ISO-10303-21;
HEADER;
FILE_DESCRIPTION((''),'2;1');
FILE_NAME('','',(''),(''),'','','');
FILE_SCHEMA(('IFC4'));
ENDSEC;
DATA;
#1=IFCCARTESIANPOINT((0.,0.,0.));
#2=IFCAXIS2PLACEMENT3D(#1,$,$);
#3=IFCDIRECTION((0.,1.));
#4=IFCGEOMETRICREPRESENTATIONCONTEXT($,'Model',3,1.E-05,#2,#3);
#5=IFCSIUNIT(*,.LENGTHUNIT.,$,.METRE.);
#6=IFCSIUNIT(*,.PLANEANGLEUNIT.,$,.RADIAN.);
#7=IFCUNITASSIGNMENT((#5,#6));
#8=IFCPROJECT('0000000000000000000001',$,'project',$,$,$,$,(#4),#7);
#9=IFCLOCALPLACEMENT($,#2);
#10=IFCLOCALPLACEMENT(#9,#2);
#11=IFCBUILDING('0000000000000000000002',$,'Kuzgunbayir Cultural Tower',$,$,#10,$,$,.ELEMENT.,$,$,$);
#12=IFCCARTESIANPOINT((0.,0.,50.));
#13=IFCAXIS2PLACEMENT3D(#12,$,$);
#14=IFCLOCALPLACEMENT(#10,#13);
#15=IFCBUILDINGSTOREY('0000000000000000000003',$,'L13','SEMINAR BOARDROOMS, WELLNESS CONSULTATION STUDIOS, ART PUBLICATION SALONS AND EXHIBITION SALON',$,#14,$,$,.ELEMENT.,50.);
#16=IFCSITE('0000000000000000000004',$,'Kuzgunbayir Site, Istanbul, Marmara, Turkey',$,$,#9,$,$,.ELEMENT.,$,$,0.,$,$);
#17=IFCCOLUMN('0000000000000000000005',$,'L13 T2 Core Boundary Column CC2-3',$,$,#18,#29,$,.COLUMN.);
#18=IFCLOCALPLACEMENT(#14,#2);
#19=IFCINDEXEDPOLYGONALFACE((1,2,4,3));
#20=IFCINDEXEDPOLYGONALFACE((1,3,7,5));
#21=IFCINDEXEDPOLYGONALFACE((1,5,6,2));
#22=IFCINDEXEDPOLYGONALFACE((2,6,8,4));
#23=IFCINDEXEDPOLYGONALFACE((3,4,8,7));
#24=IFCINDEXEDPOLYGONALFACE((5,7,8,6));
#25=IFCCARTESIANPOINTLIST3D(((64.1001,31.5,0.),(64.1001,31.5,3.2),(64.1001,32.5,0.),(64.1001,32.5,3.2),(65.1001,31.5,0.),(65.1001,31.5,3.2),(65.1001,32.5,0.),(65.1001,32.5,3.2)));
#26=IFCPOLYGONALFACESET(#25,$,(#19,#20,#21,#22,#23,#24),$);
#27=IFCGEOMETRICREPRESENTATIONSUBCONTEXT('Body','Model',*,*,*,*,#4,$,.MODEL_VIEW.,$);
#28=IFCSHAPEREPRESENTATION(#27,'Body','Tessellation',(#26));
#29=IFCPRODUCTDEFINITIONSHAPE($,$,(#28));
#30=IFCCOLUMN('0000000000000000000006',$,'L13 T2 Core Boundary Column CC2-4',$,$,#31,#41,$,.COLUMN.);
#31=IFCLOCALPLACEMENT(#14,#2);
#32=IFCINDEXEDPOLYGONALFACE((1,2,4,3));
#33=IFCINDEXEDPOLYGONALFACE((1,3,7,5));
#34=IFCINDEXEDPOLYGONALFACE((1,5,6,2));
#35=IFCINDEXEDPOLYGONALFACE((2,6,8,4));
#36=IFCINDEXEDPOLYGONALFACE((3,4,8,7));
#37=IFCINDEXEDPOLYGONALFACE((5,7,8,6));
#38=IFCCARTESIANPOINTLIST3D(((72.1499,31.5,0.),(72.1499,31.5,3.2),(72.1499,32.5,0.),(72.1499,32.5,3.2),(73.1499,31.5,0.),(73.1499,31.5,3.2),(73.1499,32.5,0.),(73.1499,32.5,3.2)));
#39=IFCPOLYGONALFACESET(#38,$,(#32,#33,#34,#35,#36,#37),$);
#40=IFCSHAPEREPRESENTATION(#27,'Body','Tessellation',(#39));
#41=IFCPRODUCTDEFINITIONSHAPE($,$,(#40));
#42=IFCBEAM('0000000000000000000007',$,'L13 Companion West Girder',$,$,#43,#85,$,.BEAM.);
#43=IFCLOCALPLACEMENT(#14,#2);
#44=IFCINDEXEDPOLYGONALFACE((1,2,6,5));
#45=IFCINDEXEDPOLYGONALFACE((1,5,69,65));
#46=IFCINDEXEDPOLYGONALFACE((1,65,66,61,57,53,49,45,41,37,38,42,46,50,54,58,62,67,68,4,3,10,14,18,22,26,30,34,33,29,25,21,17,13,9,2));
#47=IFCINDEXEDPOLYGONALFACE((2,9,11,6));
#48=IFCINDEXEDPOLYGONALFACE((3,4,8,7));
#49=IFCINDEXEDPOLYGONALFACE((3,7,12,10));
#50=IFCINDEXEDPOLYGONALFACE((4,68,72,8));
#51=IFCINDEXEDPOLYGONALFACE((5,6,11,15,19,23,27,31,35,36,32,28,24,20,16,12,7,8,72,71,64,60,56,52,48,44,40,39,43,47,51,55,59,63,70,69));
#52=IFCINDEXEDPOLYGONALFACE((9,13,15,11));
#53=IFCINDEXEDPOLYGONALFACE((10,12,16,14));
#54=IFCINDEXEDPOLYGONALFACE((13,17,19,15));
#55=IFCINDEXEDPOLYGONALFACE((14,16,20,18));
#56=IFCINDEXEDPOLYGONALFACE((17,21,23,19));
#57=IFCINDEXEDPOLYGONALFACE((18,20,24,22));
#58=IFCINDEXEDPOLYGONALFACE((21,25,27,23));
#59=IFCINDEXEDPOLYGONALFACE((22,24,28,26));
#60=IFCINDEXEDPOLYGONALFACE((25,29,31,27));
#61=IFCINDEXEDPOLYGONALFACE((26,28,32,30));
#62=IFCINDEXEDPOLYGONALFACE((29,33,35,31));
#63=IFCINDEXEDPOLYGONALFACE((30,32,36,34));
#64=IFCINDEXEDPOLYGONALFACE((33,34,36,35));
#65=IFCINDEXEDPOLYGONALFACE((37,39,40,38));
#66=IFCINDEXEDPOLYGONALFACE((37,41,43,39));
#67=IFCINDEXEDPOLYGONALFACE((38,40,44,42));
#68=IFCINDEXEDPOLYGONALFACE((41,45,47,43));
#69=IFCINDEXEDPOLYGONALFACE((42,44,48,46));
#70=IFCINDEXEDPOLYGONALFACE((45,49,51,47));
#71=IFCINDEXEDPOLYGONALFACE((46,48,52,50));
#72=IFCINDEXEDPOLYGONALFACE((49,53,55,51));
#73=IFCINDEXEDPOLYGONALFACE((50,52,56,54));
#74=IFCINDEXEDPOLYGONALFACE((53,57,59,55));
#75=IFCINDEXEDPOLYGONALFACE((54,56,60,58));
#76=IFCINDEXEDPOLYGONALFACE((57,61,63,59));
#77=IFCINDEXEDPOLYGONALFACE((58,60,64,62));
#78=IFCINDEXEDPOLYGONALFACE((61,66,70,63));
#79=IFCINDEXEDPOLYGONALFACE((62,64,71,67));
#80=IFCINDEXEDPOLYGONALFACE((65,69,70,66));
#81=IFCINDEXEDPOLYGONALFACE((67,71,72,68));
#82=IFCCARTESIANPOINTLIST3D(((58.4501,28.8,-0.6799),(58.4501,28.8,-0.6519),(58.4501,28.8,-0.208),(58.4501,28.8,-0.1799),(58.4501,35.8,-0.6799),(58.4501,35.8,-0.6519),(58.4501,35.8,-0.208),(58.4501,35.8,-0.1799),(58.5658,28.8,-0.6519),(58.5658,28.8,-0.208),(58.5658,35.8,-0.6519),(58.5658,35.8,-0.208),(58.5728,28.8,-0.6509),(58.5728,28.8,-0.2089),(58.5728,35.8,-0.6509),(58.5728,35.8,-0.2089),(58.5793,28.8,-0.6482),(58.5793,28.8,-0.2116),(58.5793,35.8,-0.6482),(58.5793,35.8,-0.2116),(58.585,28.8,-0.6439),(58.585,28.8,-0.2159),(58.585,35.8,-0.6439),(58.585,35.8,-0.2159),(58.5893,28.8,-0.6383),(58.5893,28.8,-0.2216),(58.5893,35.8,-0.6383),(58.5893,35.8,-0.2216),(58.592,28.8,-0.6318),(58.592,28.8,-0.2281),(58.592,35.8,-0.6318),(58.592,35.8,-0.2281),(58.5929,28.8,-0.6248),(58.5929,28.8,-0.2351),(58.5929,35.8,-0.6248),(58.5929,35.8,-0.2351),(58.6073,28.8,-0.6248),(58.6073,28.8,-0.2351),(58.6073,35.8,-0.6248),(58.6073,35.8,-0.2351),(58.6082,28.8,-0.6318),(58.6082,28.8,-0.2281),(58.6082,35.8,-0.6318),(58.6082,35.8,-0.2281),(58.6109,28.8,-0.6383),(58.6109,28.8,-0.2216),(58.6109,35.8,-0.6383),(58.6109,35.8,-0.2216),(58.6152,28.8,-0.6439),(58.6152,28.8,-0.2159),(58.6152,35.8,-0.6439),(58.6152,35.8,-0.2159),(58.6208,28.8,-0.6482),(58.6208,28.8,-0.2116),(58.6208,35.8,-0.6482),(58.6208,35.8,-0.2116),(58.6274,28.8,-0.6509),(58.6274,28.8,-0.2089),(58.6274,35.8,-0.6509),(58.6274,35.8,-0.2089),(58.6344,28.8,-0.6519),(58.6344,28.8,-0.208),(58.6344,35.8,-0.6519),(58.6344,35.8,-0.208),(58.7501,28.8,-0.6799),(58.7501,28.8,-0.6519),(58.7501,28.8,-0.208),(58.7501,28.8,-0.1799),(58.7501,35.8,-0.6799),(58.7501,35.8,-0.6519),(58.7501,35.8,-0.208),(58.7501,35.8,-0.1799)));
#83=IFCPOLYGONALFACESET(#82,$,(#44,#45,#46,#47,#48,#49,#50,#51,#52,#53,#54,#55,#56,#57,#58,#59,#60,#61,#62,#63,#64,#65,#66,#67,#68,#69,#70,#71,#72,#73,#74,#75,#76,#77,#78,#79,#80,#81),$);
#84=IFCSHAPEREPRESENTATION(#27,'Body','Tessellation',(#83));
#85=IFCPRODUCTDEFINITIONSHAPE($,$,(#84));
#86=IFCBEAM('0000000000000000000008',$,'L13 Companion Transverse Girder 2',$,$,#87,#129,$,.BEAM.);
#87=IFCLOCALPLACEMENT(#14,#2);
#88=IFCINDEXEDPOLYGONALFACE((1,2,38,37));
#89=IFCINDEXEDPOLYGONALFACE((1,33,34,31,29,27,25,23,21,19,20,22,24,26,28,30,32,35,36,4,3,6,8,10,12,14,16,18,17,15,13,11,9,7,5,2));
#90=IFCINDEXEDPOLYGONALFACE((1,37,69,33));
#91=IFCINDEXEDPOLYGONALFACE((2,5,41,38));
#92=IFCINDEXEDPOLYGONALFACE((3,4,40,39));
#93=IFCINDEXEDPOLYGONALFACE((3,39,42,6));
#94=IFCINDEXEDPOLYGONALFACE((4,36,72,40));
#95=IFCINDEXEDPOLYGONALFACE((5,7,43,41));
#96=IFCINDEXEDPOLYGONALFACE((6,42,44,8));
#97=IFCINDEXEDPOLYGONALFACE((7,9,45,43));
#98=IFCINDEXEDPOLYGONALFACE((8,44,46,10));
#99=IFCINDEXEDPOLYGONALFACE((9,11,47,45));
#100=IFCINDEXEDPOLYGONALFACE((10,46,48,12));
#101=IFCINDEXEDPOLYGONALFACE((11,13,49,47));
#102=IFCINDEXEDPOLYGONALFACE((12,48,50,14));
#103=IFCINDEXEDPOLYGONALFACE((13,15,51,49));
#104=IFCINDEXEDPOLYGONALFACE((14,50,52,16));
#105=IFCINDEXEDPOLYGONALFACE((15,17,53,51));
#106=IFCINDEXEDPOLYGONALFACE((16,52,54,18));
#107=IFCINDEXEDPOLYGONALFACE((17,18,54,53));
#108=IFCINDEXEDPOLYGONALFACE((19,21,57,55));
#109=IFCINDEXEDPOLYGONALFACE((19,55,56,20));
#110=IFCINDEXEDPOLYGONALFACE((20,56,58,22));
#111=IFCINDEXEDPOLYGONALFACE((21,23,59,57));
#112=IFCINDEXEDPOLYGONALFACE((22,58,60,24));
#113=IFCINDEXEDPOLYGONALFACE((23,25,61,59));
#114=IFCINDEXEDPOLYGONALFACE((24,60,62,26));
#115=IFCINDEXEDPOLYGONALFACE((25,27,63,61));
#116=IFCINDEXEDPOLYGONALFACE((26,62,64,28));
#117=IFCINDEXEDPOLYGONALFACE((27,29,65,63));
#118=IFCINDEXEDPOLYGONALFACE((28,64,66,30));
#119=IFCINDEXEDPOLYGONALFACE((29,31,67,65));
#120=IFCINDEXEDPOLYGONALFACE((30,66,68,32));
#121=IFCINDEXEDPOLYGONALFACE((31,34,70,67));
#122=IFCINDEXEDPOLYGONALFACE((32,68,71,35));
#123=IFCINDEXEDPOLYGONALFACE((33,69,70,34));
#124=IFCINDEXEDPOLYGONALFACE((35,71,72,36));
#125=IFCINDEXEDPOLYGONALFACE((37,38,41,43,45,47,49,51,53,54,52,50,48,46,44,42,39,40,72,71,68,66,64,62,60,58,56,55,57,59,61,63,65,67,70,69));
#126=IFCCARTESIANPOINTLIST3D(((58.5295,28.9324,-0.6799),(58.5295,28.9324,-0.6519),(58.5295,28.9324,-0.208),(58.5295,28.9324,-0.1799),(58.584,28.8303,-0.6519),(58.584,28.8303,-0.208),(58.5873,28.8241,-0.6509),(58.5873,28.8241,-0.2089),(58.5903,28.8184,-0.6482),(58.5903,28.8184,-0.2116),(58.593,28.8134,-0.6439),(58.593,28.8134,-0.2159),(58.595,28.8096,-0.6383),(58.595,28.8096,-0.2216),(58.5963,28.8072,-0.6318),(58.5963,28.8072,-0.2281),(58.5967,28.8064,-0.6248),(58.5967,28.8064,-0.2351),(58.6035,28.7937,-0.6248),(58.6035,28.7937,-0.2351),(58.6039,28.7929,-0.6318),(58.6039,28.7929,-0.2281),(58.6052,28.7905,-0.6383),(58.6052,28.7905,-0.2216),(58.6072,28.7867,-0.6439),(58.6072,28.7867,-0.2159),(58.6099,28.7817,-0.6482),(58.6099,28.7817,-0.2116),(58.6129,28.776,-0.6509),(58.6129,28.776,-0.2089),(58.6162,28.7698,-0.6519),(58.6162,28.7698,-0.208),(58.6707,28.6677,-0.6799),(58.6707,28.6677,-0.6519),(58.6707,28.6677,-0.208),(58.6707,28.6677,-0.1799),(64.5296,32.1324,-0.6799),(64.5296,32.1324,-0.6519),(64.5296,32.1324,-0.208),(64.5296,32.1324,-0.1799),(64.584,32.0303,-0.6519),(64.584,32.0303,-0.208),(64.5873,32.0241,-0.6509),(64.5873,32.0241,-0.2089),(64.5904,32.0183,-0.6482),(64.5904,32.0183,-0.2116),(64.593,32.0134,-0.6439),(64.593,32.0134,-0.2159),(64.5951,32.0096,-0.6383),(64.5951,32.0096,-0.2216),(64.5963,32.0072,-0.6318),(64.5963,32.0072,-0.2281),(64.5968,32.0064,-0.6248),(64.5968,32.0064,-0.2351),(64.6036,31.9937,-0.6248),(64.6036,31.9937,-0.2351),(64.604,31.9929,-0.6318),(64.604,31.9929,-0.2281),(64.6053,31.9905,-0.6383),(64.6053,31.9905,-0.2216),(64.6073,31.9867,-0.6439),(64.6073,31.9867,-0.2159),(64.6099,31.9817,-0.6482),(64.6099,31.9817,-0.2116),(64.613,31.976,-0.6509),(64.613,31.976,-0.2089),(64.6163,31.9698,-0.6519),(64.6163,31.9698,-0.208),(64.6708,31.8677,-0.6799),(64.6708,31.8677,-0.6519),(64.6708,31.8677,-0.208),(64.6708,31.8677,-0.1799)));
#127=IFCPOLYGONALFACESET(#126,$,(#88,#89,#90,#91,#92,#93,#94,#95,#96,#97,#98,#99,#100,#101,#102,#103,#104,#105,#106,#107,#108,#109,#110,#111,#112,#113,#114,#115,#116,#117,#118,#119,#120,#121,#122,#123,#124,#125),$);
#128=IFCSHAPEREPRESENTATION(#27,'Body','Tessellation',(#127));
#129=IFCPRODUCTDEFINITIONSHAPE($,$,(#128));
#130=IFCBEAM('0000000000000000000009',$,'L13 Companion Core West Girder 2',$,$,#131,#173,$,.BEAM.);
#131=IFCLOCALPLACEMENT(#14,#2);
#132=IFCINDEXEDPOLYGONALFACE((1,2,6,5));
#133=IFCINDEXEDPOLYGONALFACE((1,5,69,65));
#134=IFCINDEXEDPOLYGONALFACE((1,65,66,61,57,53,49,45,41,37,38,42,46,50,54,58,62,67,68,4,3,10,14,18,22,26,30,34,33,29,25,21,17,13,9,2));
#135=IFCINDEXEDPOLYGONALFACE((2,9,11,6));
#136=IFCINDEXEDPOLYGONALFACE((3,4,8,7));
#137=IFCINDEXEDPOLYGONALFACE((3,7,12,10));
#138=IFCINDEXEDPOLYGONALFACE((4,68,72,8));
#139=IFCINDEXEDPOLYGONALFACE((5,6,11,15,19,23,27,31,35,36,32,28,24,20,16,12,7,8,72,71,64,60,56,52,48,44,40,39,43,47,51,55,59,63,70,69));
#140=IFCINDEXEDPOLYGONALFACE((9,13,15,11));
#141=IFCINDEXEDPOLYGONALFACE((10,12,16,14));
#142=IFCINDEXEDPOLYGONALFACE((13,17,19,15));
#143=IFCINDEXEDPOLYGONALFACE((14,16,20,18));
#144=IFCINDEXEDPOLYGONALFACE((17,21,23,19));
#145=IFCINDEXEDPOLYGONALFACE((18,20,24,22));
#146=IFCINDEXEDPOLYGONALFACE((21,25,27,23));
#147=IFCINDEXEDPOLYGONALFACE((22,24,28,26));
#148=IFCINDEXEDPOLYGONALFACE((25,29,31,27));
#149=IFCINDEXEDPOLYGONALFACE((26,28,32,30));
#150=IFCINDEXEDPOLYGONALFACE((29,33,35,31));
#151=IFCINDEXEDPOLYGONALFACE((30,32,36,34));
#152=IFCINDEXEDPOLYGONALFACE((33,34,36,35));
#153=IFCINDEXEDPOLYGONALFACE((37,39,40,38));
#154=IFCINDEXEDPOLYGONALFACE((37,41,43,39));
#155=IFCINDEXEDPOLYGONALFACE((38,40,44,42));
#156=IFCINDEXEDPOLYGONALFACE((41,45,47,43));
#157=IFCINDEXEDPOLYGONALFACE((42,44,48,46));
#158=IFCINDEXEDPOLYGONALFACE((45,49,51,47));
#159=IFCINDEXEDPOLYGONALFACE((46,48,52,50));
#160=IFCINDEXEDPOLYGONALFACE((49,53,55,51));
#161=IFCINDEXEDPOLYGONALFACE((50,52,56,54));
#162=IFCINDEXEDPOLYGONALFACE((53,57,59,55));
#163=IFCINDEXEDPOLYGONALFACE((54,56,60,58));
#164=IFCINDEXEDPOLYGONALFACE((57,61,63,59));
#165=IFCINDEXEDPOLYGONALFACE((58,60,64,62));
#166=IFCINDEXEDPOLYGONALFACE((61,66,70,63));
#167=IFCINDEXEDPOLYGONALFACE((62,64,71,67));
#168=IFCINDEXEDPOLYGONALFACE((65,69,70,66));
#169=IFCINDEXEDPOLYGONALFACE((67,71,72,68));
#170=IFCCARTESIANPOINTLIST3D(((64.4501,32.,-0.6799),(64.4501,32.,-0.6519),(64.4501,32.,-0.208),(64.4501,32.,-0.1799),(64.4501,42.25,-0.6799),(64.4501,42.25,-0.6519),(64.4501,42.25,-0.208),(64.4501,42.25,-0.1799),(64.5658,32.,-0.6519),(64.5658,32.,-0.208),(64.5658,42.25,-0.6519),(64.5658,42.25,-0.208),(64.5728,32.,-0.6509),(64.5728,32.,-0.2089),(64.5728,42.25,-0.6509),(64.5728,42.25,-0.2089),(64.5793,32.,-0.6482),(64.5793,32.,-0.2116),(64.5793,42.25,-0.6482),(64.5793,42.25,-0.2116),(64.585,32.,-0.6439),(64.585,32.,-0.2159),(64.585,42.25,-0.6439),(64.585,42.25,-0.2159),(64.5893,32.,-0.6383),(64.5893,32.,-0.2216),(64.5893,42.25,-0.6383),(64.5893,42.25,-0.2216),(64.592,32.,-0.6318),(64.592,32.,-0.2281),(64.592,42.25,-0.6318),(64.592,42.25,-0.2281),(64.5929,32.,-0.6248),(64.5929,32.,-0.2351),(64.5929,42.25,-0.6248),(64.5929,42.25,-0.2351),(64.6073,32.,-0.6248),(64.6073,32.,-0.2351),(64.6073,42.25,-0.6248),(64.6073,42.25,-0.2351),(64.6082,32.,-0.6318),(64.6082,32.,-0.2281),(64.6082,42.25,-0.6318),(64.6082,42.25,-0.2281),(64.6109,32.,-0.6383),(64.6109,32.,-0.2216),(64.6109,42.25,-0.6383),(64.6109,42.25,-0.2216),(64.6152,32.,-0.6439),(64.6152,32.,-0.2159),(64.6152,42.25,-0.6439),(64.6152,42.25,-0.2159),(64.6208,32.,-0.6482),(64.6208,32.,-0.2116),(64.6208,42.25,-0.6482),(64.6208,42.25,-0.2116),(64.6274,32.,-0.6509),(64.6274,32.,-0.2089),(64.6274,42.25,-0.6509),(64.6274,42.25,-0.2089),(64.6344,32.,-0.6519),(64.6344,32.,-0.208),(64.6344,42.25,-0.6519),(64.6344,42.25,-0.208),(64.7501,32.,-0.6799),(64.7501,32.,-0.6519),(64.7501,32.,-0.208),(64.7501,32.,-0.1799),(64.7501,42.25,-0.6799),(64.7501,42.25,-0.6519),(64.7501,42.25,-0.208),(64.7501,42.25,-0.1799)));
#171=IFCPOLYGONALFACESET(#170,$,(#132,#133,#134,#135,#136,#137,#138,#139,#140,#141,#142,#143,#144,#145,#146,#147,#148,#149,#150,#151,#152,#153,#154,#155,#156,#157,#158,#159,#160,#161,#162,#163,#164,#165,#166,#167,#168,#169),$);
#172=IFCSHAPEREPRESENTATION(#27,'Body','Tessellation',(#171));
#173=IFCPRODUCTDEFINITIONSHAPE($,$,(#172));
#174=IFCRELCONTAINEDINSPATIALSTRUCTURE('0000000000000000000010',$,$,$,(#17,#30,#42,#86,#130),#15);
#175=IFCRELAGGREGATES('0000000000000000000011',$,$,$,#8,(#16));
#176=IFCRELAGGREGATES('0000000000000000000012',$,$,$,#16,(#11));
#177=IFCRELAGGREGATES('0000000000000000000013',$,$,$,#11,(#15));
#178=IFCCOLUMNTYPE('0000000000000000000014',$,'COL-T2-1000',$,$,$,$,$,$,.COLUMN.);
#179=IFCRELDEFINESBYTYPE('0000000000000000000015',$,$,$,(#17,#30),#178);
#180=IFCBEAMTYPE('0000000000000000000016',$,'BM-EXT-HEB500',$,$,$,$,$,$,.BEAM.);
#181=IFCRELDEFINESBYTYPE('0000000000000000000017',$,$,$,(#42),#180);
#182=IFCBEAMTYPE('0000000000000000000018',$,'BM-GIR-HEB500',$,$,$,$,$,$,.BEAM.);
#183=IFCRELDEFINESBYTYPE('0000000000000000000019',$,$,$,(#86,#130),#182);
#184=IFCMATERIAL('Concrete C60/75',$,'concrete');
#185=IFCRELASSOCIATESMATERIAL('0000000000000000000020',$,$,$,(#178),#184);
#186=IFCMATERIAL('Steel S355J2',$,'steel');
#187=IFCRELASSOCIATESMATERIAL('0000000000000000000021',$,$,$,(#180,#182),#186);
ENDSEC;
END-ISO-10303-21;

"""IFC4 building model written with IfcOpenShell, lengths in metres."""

from ifc_helpers import new_model, si_unit, direction, frame, origin, origin_2d, place, context, subcontext, project, spatial, rectangle, i_section, extrude, material, material_profile, profile_set, type_object, element, save


model = new_model("IFC4")

# Units and contexts
model_context = context("Model", 3, precision=1e-05, world=origin(), true_north=direction((0.0, 1.0)))
body_context = subcontext(model_context, "Body", "Model", "MODEL_VIEW")
ifc_project = project(units=[si_unit("LENGTHUNIT", "METRE"), si_unit("PLANEANGLEUNIT", "RADIAN")], contexts=[model_context])

# Site, building, storey
site_placement = place(None, origin())
site = spatial("IfcSite", under=ifc_project, at=site_placement, Name="Kuzgunbayir Site, Istanbul, Marmara, Turkey", CompositionType="ELEMENT", RefElevation=0.0)
building_placement = place(site_placement, origin())
building = spatial("IfcBuilding", under=site, at=building_placement, Name="Kuzgunbayir Cultural Tower", CompositionType="ELEMENT")
storey_placement = place(building_placement, frame((0.0, 0.0, 50.0)))
storey = spatial("IfcBuildingStorey", under=building, at=storey_placement, Name="L13", Description="SEMINAR BOARDROOMS, WELLNESS CONSULTATION STUDIOS, ART PUBLICATION SALONS AND EXHIBITION SALON", CompositionType="ELEMENT", Elevation=50.0)

# Columns
ifc_material_1 = material(Name="Concrete C60/75", Category="concrete")
ifc_material_profile_1 = material_profile(ifc_material_1, rectangle(XDim=1.0, YDim=1.0, at=origin_2d()), Name="RC 1000x1000")
ifc_profile_set_1 = profile_set([ifc_material_profile_1], Name="Concrete C60/75")
column_type = type_object("IfcColumnType", Name="COL-T2-1000", PredefinedType="COLUMN", material=ifc_profile_set_1)
for number, where, z_axis, x_axis, name in (
    (1, (64.6001, 32.0, 0.0), (0.0, 0.0, 1.0), (1.0, 0.0, 0.0), "L13 T2 Core Boundary Column CC2-3"),
    (2, (72.6499, 32.0, 0.0), (0.0, 0.0, 1.0), (1.0, 0.0, 0.0), "L13 T2 Core Boundary Column CC2-4"),
):
    element("IfcColumn", number, at=place(storey_placement, frame(where, z_axis=z_axis, x_axis=x_axis)), inside=storey, type_object=column_type, Name=name, PredefinedType="COLUMN", context=body_context, shape_type="SweptSolid", body=[
        extrude(rectangle(XDim=1.0, YDim=1.0, at=origin_2d()), origin(), (0.0, 0.0, 1.0), 3.2),
    ])

# Beams
ifc_material_2 = material(Name="Steel S355J2", Category="steel")
ifc_material_profile_2 = material_profile(ifc_material_2, i_section(OverallWidth=0.3, OverallDepth=0.5, WebThickness=0.0144, FlangeThickness=0.0281, FilletRadius=0.0271, at=origin_2d()), Name="HEB 500")
ifc_profile_set_2 = profile_set([ifc_material_profile_2], Name="Steel S355J2")
beam_type_1 = type_object("IfcBeamType", Name="BM-EXT-HEB500", PredefinedType="BEAM", material=ifc_profile_set_2)
beam_1_placement = place(storey_placement, frame((58.6001, 28.8, -0.4299), z_axis=(0.0, 1.0, 0.0), x_axis=(-1.0, 0.0, 0.0)))
element("IfcBeam", 3, at=beam_1_placement, inside=storey, type_object=beam_type_1, Name="L13 Companion West Girder", PredefinedType="BEAM", context=body_context, shape_type="SweptSolid", body=[
    extrude(i_section(OverallWidth=0.3, OverallDepth=0.5, WebThickness=0.0144, FlangeThickness=0.0281, FilletRadius=0.0271, at=origin_2d()), origin(), (0.0, 0.0, 1.0), 7.0),
])
ifc_material_profile_3 = material_profile(ifc_material_2, i_section(OverallWidth=0.3, OverallDepth=0.5, WebThickness=0.0144, FlangeThickness=0.0281, FilletRadius=0.0271, at=origin_2d()), Name="HEB 500")
ifc_profile_set_3 = profile_set([ifc_material_profile_3], Name="Steel S355J2")
beam_type_2 = type_object("IfcBeamType", Name="BM-GIR-HEB500", PredefinedType="BEAM", material=ifc_profile_set_3)
beam_2_placement = place(storey_placement, frame((58.6001, 28.8, -0.4299), z_axis=(0.882356, 0.470583, 0.0), x_axis=(-0.470583, 0.882356, 0.0)))
element("IfcBeam", 4, at=beam_2_placement, inside=storey, type_object=beam_type_2, Name="L13 Companion Transverse Girder 2", PredefinedType="BEAM", context=body_context, shape_type="SweptSolid", body=[
    extrude(i_section(OverallWidth=0.3, OverallDepth=0.5, WebThickness=0.0144, FlangeThickness=0.0281, FilletRadius=0.0271, at=origin_2d()), origin(), (0.0, 0.0, 1.0), 6.8),
])
for number, where, z_axis, x_axis, name in (
    (5, (64.6001, 32.0, -0.4299), (0.0, 1.0, 0.0), (-1.0, 0.0, 0.0), "L13 Companion Core West Girder 2"),
):
    element("IfcBeam", number, at=place(storey_placement, frame(where, z_axis=z_axis, x_axis=x_axis)), inside=storey, type_object=beam_type_2, Name=name, PredefinedType="BEAM", context=body_context, shape_type="SweptSolid", body=[
        extrude(i_section(OverallWidth=0.3, OverallDepth=0.5, WebThickness=0.0144, FlangeThickness=0.0281, FilletRadius=0.0271, at=origin_2d()), origin(), (0.0, 0.0, 1.0), 10.25),
    ])

save(model, "model.ifc")
